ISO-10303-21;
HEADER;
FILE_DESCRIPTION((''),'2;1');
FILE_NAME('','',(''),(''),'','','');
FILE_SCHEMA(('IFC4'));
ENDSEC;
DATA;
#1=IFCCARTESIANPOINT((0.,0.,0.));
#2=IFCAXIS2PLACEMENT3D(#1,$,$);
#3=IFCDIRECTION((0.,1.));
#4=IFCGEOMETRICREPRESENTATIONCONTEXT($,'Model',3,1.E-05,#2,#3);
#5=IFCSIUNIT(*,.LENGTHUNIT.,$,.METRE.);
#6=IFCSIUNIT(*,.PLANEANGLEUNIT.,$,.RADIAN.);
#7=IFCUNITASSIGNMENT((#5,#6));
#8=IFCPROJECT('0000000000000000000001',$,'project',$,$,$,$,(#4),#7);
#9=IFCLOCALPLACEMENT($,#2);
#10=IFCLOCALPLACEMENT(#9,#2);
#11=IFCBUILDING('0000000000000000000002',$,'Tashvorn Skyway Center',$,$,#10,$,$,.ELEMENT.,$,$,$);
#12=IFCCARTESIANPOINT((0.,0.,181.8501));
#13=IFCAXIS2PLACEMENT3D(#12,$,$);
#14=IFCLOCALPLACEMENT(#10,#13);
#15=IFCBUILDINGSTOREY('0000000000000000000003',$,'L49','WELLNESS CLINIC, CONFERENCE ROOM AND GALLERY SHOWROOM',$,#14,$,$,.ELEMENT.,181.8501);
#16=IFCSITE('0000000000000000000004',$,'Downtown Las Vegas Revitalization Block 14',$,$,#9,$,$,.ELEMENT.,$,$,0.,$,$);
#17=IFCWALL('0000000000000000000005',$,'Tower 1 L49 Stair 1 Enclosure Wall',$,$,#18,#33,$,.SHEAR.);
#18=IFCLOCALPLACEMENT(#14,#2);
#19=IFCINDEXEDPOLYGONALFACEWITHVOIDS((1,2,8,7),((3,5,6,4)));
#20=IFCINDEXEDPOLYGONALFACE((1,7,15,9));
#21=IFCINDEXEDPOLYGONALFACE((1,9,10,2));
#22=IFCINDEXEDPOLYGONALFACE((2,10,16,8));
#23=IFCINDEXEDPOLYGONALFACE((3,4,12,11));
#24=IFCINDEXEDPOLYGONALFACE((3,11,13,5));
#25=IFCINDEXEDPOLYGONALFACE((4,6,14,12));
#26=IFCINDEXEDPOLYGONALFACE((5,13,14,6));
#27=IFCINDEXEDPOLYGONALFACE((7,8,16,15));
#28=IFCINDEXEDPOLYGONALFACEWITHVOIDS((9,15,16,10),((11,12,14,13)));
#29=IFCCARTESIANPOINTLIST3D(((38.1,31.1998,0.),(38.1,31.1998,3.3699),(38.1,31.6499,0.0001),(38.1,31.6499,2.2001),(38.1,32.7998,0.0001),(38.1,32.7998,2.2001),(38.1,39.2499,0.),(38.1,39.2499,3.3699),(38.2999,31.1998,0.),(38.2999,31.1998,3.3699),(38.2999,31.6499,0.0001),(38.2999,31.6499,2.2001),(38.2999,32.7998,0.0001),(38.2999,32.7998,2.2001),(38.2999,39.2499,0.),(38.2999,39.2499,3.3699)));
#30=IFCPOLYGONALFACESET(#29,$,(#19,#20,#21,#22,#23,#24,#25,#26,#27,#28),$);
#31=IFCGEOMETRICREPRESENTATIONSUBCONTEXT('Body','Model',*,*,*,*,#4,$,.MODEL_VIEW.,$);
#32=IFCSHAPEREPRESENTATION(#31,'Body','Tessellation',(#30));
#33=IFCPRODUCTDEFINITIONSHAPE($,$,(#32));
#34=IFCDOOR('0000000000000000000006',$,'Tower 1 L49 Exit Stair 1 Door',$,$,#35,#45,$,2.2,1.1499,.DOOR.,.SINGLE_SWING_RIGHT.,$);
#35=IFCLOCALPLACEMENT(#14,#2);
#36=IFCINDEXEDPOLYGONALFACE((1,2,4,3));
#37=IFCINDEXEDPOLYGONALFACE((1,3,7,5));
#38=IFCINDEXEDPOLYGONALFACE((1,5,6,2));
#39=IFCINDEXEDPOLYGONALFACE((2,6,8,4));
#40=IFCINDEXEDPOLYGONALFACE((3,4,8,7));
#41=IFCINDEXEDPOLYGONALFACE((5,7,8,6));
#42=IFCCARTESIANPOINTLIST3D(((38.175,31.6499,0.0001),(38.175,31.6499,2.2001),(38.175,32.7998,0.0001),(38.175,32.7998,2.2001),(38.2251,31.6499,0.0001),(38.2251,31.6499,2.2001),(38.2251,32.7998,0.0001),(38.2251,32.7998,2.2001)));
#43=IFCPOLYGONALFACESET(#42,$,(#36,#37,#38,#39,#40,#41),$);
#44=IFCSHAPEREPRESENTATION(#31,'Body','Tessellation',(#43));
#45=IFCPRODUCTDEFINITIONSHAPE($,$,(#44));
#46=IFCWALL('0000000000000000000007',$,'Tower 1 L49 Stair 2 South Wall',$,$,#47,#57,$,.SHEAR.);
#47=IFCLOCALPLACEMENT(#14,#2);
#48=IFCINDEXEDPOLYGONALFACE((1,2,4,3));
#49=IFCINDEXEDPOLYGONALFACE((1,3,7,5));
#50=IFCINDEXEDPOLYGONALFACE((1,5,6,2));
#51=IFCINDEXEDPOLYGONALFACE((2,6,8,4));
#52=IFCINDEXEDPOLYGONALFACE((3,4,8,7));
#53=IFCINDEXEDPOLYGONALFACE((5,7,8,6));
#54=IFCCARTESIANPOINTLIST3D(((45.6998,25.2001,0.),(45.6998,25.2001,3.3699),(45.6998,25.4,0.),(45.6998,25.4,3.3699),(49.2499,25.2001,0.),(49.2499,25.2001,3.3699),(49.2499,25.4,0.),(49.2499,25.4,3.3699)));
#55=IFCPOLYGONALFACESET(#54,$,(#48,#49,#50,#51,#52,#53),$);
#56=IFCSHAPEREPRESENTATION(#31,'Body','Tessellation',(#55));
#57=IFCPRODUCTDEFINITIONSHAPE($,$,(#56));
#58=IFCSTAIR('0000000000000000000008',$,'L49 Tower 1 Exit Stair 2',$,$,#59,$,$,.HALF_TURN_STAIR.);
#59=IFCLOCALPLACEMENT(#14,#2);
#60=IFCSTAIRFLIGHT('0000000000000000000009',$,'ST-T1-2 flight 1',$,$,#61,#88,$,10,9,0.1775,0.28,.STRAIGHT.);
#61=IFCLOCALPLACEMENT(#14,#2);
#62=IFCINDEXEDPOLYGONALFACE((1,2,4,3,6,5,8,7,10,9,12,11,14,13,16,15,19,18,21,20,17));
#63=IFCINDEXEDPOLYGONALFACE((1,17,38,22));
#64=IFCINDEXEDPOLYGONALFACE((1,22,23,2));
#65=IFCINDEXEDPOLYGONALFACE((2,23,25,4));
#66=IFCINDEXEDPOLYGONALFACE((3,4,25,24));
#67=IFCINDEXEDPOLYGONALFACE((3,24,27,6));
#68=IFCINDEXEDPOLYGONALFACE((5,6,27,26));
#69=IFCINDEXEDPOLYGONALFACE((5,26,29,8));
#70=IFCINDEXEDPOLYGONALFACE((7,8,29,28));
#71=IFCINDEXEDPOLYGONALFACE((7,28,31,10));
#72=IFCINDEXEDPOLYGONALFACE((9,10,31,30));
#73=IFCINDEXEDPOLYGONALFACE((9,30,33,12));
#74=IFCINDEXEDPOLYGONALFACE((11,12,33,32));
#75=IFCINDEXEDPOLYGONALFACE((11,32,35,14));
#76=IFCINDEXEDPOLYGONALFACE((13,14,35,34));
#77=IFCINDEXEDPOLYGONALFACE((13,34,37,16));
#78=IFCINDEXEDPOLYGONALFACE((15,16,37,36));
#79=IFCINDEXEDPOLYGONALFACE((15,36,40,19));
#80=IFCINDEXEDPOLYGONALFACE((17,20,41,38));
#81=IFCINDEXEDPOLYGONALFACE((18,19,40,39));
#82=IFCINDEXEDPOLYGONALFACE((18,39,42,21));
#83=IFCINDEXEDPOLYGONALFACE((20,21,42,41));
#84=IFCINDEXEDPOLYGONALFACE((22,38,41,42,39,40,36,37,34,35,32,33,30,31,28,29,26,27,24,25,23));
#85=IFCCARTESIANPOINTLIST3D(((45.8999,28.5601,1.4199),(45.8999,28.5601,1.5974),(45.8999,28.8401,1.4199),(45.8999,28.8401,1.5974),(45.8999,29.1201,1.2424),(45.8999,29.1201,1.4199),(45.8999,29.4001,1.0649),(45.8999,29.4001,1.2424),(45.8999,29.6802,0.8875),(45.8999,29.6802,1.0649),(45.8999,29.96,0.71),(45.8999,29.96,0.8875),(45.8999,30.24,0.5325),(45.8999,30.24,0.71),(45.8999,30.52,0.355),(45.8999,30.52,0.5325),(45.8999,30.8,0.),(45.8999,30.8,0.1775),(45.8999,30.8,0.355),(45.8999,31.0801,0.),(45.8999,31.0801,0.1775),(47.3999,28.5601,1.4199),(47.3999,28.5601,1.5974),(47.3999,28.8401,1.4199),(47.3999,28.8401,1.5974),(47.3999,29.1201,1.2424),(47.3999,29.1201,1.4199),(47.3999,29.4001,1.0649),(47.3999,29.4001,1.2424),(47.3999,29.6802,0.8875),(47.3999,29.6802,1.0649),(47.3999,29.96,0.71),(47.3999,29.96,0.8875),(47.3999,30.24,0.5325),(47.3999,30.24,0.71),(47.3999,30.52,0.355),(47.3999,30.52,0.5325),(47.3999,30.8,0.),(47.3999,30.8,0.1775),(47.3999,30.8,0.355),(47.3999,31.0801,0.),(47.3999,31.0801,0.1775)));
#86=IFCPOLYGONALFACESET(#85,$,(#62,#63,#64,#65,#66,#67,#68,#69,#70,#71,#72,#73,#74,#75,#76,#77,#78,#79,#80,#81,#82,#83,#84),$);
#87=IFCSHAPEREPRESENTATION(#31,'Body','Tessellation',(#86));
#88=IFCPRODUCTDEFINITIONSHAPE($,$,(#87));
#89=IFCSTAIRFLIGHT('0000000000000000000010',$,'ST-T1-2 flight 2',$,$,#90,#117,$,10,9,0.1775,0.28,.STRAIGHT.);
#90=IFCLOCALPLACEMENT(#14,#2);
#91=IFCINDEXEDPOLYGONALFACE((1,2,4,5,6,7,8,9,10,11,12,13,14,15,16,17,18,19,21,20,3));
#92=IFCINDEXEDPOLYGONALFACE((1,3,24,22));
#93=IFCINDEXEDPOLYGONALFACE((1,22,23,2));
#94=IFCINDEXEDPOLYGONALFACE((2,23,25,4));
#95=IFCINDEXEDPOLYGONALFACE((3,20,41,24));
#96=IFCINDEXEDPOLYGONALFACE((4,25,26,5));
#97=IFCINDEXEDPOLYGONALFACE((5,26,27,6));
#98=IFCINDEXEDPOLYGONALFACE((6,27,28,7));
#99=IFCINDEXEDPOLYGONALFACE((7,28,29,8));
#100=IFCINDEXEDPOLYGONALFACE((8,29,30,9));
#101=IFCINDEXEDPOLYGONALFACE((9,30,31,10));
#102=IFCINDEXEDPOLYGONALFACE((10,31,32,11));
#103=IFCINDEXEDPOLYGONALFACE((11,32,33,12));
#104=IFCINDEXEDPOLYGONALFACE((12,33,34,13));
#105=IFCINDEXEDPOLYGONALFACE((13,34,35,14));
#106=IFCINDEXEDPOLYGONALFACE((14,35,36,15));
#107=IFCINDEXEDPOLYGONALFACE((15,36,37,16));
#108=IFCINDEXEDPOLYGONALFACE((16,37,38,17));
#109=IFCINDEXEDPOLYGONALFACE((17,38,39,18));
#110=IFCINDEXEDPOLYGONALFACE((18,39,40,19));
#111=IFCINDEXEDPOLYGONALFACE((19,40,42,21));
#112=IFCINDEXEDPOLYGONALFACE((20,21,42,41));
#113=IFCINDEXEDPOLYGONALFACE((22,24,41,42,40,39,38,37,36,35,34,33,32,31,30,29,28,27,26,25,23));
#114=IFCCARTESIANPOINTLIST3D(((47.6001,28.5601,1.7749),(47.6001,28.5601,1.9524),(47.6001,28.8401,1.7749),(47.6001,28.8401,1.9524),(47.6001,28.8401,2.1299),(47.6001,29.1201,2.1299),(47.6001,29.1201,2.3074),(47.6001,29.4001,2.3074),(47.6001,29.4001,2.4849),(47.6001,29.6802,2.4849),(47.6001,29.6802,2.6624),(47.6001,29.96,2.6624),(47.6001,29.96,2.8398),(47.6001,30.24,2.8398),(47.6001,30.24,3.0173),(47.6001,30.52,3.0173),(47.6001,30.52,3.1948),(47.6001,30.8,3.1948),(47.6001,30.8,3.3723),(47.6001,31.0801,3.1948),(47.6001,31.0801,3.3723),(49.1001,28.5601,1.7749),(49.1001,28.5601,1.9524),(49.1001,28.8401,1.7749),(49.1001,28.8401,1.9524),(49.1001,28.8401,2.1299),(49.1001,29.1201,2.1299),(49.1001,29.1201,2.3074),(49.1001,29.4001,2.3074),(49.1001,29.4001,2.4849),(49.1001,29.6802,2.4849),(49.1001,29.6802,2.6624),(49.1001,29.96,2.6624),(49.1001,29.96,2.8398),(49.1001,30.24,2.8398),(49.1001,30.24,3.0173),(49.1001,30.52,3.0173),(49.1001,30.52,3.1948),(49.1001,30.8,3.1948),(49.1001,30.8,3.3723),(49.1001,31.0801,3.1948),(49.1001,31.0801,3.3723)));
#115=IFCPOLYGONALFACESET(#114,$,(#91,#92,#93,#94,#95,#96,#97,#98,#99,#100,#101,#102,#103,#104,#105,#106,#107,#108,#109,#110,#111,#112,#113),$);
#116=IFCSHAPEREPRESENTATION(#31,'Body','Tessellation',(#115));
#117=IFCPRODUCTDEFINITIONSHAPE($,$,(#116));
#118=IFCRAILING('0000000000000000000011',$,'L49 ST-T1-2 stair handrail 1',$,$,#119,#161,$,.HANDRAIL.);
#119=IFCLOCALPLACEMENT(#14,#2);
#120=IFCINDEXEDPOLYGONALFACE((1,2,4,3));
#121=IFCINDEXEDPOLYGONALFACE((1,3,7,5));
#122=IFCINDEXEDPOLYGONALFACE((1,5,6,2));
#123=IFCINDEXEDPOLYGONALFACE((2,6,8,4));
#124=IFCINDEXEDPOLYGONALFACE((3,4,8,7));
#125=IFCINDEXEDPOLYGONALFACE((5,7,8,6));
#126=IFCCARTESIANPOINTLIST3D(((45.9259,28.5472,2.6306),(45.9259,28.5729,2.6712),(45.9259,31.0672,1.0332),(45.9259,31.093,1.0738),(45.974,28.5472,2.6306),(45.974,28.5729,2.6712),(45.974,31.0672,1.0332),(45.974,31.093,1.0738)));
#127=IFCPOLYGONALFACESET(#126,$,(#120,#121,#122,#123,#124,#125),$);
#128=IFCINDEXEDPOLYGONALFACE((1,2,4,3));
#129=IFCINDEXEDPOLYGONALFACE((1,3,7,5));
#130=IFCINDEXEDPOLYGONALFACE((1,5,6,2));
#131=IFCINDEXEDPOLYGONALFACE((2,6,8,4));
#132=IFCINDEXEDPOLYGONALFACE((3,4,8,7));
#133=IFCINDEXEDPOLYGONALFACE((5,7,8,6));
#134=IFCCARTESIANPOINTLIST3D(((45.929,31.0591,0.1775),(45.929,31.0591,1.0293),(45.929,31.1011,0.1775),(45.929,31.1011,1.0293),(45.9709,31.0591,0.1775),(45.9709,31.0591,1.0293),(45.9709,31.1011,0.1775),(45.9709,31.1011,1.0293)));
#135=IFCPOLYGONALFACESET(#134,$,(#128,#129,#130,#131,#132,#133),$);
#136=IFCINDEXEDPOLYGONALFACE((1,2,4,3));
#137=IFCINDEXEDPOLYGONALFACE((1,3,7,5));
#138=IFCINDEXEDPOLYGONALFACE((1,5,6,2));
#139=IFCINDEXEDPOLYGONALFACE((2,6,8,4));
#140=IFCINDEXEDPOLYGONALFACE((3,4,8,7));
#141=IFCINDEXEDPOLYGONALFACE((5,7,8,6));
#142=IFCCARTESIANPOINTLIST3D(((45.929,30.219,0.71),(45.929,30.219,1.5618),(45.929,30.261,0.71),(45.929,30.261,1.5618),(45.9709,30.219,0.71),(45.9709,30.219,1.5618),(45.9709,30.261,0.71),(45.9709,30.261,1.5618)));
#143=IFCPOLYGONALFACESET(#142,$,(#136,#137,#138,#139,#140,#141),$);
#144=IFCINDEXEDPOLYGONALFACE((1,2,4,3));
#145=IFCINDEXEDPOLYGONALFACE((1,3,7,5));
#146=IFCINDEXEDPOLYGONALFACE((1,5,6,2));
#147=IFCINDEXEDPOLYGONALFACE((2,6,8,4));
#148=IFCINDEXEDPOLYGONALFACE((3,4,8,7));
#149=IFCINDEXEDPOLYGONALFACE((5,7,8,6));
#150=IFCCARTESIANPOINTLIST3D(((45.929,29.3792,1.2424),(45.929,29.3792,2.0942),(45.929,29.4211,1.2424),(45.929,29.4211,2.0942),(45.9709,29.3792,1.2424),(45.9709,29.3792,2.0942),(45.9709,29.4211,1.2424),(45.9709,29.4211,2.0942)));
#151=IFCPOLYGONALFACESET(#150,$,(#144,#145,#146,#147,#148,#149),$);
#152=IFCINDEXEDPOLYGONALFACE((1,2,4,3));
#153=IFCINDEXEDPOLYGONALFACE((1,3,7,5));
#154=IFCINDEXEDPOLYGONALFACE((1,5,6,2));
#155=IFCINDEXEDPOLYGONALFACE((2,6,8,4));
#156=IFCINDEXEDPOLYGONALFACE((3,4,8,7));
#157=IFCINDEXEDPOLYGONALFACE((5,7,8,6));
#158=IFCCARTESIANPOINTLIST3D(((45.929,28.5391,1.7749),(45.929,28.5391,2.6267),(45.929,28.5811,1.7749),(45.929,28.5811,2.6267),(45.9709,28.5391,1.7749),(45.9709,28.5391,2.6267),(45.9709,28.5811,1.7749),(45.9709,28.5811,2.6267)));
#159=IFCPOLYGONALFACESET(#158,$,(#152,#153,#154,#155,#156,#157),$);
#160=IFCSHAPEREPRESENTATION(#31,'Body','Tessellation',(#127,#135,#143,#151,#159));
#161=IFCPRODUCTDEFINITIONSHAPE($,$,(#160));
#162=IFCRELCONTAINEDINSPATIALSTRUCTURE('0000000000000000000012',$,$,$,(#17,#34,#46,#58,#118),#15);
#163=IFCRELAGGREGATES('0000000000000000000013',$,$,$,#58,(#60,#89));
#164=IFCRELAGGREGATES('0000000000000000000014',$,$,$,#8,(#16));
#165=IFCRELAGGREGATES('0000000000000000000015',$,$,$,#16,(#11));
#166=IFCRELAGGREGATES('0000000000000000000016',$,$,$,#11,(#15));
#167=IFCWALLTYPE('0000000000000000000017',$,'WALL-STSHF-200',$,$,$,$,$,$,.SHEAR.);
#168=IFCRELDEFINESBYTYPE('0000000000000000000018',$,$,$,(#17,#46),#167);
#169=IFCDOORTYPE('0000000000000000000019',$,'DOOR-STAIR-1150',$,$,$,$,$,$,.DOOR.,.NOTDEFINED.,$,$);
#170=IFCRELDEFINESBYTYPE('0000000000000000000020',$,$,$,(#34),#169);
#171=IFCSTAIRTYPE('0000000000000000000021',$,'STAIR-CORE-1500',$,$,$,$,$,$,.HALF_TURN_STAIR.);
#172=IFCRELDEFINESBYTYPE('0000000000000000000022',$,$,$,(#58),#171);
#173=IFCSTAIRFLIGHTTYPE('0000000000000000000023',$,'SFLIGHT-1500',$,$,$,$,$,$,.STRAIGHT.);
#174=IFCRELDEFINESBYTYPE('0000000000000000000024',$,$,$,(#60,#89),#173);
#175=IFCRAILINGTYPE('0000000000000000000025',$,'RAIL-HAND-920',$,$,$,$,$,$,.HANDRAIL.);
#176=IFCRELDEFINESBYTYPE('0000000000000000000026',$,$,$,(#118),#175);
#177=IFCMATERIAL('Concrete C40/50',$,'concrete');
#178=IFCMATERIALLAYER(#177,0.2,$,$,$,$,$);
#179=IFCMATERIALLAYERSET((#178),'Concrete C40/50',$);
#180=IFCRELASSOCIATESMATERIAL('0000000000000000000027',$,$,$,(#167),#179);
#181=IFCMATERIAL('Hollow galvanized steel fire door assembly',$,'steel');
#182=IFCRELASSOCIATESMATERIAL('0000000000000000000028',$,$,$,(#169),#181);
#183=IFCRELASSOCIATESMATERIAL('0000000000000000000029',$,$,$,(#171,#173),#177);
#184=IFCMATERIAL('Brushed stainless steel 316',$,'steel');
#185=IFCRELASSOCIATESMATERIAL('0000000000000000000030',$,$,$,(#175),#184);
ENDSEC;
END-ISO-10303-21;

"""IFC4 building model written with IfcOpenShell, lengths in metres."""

from ifc_helpers import new_model, si_unit, direction, frame, frame_2d, origin, origin_2d, place, context, subcontext, project, spatial, polyline, rectangle, outline, extrude, material, layer, layer_set, type_object, element, fill, aggregate, save


model = new_model("IFC4")

# Units and contexts
model_context = context("Model", 3, precision=1e-05, world=origin(), true_north=direction((0.0, 1.0)))
body_context = subcontext(model_context, "Body", "Model", "MODEL_VIEW")
ifc_project = project(units=[si_unit("LENGTHUNIT", "METRE"), si_unit("PLANEANGLEUNIT", "RADIAN")], contexts=[model_context])

# Site, building, storey
site_placement = place(None, origin())
site = spatial("IfcSite", under=ifc_project, at=site_placement, Name="Downtown Las Vegas Revitalization Block 14", CompositionType="ELEMENT", RefElevation=0.0)
building_placement = place(site_placement, origin())
building = spatial("IfcBuilding", under=site, at=building_placement, Name="Tashvorn Skyway Center", CompositionType="ELEMENT")
storey_placement = place(building_placement, frame((0.0, 0.0, 181.8501)))
storey = spatial("IfcBuildingStorey", under=building, at=storey_placement, Name="L49", Description="WELLNESS CLINIC, CONFERENCE ROOM AND GALLERY SHOWROOM", CompositionType="ELEMENT", Elevation=181.8501)

# Shared definitions
ifc_material_1 = material(Name="Concrete C40/50", Category="concrete")
ifc_material_2 = material(Name="Hollow galvanized steel fire door assembly", Category="steel")

# Wall, opening, door
ifc_layer_1 = layer(ifc_material_1, 0.2)
ifc_layer_set_1 = layer_set([ifc_layer_1], Name="Concrete C40/50")
wall_type_1 = type_object("IfcWallType", Name="WALL-STSHF-200", PredefinedType="SHEAR", material=ifc_layer_set_1)
wall_1_placement = place(storey_placement, frame((38.2, 31.2, 0.0), z_axis=(0.0, 0.0, 1.0), x_axis=(0.0, 1.0, 0.0)))
wall_1 = element("IfcWall", 1, at=wall_1_placement, inside=storey, type_object=wall_type_1, Name="Tower 1 L49 Stair 1 Enclosure Wall", PredefinedType="SHEAR", context=body_context, shape_type="SweptSolid", body=[
    extrude(rectangle(XDim=8.05, YDim=0.2, at=frame_2d((4.0249, 0.0))), origin(), (0.0, 0.0, 1.0), 3.3699),
])
opening_1_placement = place(wall_1_placement, frame((0.45, 0.0, 0.0)))
opening_1 = element("IfcOpeningElement", 2, at=opening_1_placement, cuts=wall_1, PredefinedType="OPENING", context=body_context, shape_type="SweptSolid", body=[
    extrude(rectangle(XDim=1.1499, YDim=2.2, at=frame_2d((0.575, 1.1001))), frame((0.0, 0.1099, 0.0), z_axis=(0.0, -1.0, 0.0), x_axis=(1.0, 0.0, 0.0)), (0.0, 0.0, 1.0), 0.22),
])
door_type_1 = type_object("IfcDoorType", Name="DOOR-STAIR-1150", OperationType="NOTDEFINED", PredefinedType="DOOR", material=ifc_material_2)
door_1_placement = place(opening_1_placement, origin())
door_1 = element("IfcDoor", 3, at=door_1_placement, inside=storey, type_object=door_type_1, Name="Tower 1 L49 Exit Stair 1 Door", OperationType="SINGLE_SWING_RIGHT", OverallHeight=2.2, OverallWidth=1.1499, PredefinedType="DOOR", context=body_context, shape_type="SweptSolid", body=[
    extrude(rectangle(XDim=1.1499, YDim=2.2, at=frame_2d((0.575, 1.1001))), frame((0.0, 0.0249, 0.0), z_axis=(0.0, -1.0, 0.0), x_axis=(1.0, 0.0, 0.0)), (0.0, 0.0, 1.0), 0.05),
])
fill(opening_1, door_1)

# Wall
wall_2_placement = place(storey_placement, frame((45.7, 25.3, 0.0), z_axis=(0.0, 0.0, 1.0), x_axis=(1.0, 0.0, 0.0)))
element("IfcWall", 4, at=wall_2_placement, inside=storey, type_object=wall_type_1, Name="Tower 1 L49 Stair 2 South Wall", PredefinedType="SHEAR", context=body_context, shape_type="SweptSolid", body=[
    extrude(rectangle(XDim=3.55, YDim=0.2, at=frame_2d((1.7749, 0.0))), origin(), (0.0, 0.0, 1.0), 3.3699),
])

# Stair, stair flights
stair_type = type_object("IfcStairType", Name="STAIR-CORE-1500", PredefinedType="HALF_TURN_STAIR", material=ifc_material_1)
stair_placement = place(storey_placement, origin())
stair = element("IfcStair", 5, at=stair_placement, inside=storey, type_object=stair_type, Name="L49 Tower 1 Exit Stair 2", PredefinedType="HALF_TURN_STAIR")
stair_flight_type = type_object("IfcStairFlightType", Name="SFLIGHT-1500", PredefinedType="STRAIGHT", material=ifc_material_1)
stair_flight_1_placement = place(storey_placement, frame((46.6499, 31.0801, 0.0), z_axis=(0.0, 0.0, 1.0), x_axis=(0.0, -1.0, 0.0)))
stair_flight_1 = element("IfcStairFlight", 6, at=stair_flight_1_placement, type_object=stair_flight_type, Name="ST-T1-2 flight 1", NumberOfRisers=10, NumberOfTreads=9, PredefinedType="STRAIGHT", RiserHeight=0.1775, TreadLength=0.28, context=body_context, shape_type="SweptSolid", body=[
    extrude(outline(polyline([(0.0, 0.0), (0.0, 0.1775), (0.28, 0.1775), (0.28, 0.355), (0.5601, 0.355), (0.5601, 0.5325), (0.8401, 0.5325), (0.8401, 0.71), (1.1201, 0.71), (1.1201, 0.8875), (1.3999, 0.8875), (1.3999, 1.0649), (1.6799, 1.0649), (1.6799, 1.2424), (1.96, 1.2424), (1.96, 1.4199), (2.24, 1.4199), (2.24, 1.5974), (2.52, 1.5974), (2.52, 1.7749), (2.52, 1.4199), (0.28, 0.0), (0.0, 0.0)])), frame((0.0, 0.75, 0.0), z_axis=(0.0, -1.0, 0.0), x_axis=(1.0, 0.0, 0.0)), (0.0, 0.0, 1.0), 1.5),
])
stair_flight_2_placement = place(storey_placement, frame((48.3501, 28.5601, 1.7749), z_axis=(0.0, 0.0, 1.0), x_axis=(0.0, 1.0, 0.0)))
stair_flight_2 = element("IfcStairFlight", 7, at=stair_flight_2_placement, type_object=stair_flight_type, Name="ST-T1-2 flight 2", NumberOfRisers=10, NumberOfTreads=9, PredefinedType="STRAIGHT", RiserHeight=0.1775, TreadLength=0.28, context=body_context, shape_type="SweptSolid", body=[
    extrude(outline(polyline([(0.0, 0.0), (0.0, 0.1775), (0.28, 0.1775), (0.28, 0.355), (0.5601, 0.355), (0.5601, 0.5325), (0.8401, 0.5325), (0.8401, 0.71), (1.1201, 0.71), (1.1201, 0.8875), (1.3999, 0.8875), (1.3999, 1.0649), (1.6799, 1.0649), (1.6799, 1.2424), (1.96, 1.2424), (1.96, 1.4199), (2.24, 1.4199), (2.24, 1.5974), (2.52, 1.5974), (2.52, 1.7749), (2.52, 1.4199), (0.28, 0.0), (0.0, 0.0)])), frame((0.0, 0.75, 0.0), z_axis=(0.0, -1.0, 0.0), x_axis=(1.0, 0.0, 0.0)), (0.0, 0.0, 1.0), 1.5),
])
aggregate(stair, [stair_flight_1, stair_flight_2])

# Railing
ifc_material_3 = material(Name="Brushed stainless steel 316", Category="steel")
railing_type_1 = type_object("IfcRailingType", Name="RAIL-HAND-920", PredefinedType="HANDRAIL", material=ifc_material_3)
railing_1_placement = place(storey_placement, frame((45.95, 31.0801, 0.1775)))
element("IfcRailing", 8, at=railing_1_placement, inside=storey, type_object=railing_type_1, Name="L49 ST-T1-2 stair handrail 1", PredefinedType="HANDRAIL", context=body_context, shape_type="SweptSolid", body=[
    extrude(rectangle(XDim=0.0481, YDim=0.0481, at=origin_2d()), frame((0.0, 0.0, 0.876), z_axis=(0.0, -0.844607, 0.535387), x_axis=(1.0, 0.0, 0.0)), (0.0, 0.0, 1.0), 2.9836),
    extrude(rectangle(XDim=0.042, YDim=0.042, at=origin_2d()), origin(), (0.0, 0.0, 1.0), 0.8518),
    extrude(rectangle(XDim=0.042, YDim=0.042, at=origin_2d()), frame((0.0, -0.8401, 0.5325)), (0.0, 0.0, 1.0), 0.8518),
    extrude(rectangle(XDim=0.042, YDim=0.042, at=origin_2d()), frame((0.0, -1.6799, 1.0649)), (0.0, 0.0, 1.0), 0.8518),
    extrude(rectangle(XDim=0.042, YDim=0.042, at=origin_2d()), frame((0.0, -2.52, 1.5974)), (0.0, 0.0, 1.0), 0.8518),
])

save(model, "model.ifc")
